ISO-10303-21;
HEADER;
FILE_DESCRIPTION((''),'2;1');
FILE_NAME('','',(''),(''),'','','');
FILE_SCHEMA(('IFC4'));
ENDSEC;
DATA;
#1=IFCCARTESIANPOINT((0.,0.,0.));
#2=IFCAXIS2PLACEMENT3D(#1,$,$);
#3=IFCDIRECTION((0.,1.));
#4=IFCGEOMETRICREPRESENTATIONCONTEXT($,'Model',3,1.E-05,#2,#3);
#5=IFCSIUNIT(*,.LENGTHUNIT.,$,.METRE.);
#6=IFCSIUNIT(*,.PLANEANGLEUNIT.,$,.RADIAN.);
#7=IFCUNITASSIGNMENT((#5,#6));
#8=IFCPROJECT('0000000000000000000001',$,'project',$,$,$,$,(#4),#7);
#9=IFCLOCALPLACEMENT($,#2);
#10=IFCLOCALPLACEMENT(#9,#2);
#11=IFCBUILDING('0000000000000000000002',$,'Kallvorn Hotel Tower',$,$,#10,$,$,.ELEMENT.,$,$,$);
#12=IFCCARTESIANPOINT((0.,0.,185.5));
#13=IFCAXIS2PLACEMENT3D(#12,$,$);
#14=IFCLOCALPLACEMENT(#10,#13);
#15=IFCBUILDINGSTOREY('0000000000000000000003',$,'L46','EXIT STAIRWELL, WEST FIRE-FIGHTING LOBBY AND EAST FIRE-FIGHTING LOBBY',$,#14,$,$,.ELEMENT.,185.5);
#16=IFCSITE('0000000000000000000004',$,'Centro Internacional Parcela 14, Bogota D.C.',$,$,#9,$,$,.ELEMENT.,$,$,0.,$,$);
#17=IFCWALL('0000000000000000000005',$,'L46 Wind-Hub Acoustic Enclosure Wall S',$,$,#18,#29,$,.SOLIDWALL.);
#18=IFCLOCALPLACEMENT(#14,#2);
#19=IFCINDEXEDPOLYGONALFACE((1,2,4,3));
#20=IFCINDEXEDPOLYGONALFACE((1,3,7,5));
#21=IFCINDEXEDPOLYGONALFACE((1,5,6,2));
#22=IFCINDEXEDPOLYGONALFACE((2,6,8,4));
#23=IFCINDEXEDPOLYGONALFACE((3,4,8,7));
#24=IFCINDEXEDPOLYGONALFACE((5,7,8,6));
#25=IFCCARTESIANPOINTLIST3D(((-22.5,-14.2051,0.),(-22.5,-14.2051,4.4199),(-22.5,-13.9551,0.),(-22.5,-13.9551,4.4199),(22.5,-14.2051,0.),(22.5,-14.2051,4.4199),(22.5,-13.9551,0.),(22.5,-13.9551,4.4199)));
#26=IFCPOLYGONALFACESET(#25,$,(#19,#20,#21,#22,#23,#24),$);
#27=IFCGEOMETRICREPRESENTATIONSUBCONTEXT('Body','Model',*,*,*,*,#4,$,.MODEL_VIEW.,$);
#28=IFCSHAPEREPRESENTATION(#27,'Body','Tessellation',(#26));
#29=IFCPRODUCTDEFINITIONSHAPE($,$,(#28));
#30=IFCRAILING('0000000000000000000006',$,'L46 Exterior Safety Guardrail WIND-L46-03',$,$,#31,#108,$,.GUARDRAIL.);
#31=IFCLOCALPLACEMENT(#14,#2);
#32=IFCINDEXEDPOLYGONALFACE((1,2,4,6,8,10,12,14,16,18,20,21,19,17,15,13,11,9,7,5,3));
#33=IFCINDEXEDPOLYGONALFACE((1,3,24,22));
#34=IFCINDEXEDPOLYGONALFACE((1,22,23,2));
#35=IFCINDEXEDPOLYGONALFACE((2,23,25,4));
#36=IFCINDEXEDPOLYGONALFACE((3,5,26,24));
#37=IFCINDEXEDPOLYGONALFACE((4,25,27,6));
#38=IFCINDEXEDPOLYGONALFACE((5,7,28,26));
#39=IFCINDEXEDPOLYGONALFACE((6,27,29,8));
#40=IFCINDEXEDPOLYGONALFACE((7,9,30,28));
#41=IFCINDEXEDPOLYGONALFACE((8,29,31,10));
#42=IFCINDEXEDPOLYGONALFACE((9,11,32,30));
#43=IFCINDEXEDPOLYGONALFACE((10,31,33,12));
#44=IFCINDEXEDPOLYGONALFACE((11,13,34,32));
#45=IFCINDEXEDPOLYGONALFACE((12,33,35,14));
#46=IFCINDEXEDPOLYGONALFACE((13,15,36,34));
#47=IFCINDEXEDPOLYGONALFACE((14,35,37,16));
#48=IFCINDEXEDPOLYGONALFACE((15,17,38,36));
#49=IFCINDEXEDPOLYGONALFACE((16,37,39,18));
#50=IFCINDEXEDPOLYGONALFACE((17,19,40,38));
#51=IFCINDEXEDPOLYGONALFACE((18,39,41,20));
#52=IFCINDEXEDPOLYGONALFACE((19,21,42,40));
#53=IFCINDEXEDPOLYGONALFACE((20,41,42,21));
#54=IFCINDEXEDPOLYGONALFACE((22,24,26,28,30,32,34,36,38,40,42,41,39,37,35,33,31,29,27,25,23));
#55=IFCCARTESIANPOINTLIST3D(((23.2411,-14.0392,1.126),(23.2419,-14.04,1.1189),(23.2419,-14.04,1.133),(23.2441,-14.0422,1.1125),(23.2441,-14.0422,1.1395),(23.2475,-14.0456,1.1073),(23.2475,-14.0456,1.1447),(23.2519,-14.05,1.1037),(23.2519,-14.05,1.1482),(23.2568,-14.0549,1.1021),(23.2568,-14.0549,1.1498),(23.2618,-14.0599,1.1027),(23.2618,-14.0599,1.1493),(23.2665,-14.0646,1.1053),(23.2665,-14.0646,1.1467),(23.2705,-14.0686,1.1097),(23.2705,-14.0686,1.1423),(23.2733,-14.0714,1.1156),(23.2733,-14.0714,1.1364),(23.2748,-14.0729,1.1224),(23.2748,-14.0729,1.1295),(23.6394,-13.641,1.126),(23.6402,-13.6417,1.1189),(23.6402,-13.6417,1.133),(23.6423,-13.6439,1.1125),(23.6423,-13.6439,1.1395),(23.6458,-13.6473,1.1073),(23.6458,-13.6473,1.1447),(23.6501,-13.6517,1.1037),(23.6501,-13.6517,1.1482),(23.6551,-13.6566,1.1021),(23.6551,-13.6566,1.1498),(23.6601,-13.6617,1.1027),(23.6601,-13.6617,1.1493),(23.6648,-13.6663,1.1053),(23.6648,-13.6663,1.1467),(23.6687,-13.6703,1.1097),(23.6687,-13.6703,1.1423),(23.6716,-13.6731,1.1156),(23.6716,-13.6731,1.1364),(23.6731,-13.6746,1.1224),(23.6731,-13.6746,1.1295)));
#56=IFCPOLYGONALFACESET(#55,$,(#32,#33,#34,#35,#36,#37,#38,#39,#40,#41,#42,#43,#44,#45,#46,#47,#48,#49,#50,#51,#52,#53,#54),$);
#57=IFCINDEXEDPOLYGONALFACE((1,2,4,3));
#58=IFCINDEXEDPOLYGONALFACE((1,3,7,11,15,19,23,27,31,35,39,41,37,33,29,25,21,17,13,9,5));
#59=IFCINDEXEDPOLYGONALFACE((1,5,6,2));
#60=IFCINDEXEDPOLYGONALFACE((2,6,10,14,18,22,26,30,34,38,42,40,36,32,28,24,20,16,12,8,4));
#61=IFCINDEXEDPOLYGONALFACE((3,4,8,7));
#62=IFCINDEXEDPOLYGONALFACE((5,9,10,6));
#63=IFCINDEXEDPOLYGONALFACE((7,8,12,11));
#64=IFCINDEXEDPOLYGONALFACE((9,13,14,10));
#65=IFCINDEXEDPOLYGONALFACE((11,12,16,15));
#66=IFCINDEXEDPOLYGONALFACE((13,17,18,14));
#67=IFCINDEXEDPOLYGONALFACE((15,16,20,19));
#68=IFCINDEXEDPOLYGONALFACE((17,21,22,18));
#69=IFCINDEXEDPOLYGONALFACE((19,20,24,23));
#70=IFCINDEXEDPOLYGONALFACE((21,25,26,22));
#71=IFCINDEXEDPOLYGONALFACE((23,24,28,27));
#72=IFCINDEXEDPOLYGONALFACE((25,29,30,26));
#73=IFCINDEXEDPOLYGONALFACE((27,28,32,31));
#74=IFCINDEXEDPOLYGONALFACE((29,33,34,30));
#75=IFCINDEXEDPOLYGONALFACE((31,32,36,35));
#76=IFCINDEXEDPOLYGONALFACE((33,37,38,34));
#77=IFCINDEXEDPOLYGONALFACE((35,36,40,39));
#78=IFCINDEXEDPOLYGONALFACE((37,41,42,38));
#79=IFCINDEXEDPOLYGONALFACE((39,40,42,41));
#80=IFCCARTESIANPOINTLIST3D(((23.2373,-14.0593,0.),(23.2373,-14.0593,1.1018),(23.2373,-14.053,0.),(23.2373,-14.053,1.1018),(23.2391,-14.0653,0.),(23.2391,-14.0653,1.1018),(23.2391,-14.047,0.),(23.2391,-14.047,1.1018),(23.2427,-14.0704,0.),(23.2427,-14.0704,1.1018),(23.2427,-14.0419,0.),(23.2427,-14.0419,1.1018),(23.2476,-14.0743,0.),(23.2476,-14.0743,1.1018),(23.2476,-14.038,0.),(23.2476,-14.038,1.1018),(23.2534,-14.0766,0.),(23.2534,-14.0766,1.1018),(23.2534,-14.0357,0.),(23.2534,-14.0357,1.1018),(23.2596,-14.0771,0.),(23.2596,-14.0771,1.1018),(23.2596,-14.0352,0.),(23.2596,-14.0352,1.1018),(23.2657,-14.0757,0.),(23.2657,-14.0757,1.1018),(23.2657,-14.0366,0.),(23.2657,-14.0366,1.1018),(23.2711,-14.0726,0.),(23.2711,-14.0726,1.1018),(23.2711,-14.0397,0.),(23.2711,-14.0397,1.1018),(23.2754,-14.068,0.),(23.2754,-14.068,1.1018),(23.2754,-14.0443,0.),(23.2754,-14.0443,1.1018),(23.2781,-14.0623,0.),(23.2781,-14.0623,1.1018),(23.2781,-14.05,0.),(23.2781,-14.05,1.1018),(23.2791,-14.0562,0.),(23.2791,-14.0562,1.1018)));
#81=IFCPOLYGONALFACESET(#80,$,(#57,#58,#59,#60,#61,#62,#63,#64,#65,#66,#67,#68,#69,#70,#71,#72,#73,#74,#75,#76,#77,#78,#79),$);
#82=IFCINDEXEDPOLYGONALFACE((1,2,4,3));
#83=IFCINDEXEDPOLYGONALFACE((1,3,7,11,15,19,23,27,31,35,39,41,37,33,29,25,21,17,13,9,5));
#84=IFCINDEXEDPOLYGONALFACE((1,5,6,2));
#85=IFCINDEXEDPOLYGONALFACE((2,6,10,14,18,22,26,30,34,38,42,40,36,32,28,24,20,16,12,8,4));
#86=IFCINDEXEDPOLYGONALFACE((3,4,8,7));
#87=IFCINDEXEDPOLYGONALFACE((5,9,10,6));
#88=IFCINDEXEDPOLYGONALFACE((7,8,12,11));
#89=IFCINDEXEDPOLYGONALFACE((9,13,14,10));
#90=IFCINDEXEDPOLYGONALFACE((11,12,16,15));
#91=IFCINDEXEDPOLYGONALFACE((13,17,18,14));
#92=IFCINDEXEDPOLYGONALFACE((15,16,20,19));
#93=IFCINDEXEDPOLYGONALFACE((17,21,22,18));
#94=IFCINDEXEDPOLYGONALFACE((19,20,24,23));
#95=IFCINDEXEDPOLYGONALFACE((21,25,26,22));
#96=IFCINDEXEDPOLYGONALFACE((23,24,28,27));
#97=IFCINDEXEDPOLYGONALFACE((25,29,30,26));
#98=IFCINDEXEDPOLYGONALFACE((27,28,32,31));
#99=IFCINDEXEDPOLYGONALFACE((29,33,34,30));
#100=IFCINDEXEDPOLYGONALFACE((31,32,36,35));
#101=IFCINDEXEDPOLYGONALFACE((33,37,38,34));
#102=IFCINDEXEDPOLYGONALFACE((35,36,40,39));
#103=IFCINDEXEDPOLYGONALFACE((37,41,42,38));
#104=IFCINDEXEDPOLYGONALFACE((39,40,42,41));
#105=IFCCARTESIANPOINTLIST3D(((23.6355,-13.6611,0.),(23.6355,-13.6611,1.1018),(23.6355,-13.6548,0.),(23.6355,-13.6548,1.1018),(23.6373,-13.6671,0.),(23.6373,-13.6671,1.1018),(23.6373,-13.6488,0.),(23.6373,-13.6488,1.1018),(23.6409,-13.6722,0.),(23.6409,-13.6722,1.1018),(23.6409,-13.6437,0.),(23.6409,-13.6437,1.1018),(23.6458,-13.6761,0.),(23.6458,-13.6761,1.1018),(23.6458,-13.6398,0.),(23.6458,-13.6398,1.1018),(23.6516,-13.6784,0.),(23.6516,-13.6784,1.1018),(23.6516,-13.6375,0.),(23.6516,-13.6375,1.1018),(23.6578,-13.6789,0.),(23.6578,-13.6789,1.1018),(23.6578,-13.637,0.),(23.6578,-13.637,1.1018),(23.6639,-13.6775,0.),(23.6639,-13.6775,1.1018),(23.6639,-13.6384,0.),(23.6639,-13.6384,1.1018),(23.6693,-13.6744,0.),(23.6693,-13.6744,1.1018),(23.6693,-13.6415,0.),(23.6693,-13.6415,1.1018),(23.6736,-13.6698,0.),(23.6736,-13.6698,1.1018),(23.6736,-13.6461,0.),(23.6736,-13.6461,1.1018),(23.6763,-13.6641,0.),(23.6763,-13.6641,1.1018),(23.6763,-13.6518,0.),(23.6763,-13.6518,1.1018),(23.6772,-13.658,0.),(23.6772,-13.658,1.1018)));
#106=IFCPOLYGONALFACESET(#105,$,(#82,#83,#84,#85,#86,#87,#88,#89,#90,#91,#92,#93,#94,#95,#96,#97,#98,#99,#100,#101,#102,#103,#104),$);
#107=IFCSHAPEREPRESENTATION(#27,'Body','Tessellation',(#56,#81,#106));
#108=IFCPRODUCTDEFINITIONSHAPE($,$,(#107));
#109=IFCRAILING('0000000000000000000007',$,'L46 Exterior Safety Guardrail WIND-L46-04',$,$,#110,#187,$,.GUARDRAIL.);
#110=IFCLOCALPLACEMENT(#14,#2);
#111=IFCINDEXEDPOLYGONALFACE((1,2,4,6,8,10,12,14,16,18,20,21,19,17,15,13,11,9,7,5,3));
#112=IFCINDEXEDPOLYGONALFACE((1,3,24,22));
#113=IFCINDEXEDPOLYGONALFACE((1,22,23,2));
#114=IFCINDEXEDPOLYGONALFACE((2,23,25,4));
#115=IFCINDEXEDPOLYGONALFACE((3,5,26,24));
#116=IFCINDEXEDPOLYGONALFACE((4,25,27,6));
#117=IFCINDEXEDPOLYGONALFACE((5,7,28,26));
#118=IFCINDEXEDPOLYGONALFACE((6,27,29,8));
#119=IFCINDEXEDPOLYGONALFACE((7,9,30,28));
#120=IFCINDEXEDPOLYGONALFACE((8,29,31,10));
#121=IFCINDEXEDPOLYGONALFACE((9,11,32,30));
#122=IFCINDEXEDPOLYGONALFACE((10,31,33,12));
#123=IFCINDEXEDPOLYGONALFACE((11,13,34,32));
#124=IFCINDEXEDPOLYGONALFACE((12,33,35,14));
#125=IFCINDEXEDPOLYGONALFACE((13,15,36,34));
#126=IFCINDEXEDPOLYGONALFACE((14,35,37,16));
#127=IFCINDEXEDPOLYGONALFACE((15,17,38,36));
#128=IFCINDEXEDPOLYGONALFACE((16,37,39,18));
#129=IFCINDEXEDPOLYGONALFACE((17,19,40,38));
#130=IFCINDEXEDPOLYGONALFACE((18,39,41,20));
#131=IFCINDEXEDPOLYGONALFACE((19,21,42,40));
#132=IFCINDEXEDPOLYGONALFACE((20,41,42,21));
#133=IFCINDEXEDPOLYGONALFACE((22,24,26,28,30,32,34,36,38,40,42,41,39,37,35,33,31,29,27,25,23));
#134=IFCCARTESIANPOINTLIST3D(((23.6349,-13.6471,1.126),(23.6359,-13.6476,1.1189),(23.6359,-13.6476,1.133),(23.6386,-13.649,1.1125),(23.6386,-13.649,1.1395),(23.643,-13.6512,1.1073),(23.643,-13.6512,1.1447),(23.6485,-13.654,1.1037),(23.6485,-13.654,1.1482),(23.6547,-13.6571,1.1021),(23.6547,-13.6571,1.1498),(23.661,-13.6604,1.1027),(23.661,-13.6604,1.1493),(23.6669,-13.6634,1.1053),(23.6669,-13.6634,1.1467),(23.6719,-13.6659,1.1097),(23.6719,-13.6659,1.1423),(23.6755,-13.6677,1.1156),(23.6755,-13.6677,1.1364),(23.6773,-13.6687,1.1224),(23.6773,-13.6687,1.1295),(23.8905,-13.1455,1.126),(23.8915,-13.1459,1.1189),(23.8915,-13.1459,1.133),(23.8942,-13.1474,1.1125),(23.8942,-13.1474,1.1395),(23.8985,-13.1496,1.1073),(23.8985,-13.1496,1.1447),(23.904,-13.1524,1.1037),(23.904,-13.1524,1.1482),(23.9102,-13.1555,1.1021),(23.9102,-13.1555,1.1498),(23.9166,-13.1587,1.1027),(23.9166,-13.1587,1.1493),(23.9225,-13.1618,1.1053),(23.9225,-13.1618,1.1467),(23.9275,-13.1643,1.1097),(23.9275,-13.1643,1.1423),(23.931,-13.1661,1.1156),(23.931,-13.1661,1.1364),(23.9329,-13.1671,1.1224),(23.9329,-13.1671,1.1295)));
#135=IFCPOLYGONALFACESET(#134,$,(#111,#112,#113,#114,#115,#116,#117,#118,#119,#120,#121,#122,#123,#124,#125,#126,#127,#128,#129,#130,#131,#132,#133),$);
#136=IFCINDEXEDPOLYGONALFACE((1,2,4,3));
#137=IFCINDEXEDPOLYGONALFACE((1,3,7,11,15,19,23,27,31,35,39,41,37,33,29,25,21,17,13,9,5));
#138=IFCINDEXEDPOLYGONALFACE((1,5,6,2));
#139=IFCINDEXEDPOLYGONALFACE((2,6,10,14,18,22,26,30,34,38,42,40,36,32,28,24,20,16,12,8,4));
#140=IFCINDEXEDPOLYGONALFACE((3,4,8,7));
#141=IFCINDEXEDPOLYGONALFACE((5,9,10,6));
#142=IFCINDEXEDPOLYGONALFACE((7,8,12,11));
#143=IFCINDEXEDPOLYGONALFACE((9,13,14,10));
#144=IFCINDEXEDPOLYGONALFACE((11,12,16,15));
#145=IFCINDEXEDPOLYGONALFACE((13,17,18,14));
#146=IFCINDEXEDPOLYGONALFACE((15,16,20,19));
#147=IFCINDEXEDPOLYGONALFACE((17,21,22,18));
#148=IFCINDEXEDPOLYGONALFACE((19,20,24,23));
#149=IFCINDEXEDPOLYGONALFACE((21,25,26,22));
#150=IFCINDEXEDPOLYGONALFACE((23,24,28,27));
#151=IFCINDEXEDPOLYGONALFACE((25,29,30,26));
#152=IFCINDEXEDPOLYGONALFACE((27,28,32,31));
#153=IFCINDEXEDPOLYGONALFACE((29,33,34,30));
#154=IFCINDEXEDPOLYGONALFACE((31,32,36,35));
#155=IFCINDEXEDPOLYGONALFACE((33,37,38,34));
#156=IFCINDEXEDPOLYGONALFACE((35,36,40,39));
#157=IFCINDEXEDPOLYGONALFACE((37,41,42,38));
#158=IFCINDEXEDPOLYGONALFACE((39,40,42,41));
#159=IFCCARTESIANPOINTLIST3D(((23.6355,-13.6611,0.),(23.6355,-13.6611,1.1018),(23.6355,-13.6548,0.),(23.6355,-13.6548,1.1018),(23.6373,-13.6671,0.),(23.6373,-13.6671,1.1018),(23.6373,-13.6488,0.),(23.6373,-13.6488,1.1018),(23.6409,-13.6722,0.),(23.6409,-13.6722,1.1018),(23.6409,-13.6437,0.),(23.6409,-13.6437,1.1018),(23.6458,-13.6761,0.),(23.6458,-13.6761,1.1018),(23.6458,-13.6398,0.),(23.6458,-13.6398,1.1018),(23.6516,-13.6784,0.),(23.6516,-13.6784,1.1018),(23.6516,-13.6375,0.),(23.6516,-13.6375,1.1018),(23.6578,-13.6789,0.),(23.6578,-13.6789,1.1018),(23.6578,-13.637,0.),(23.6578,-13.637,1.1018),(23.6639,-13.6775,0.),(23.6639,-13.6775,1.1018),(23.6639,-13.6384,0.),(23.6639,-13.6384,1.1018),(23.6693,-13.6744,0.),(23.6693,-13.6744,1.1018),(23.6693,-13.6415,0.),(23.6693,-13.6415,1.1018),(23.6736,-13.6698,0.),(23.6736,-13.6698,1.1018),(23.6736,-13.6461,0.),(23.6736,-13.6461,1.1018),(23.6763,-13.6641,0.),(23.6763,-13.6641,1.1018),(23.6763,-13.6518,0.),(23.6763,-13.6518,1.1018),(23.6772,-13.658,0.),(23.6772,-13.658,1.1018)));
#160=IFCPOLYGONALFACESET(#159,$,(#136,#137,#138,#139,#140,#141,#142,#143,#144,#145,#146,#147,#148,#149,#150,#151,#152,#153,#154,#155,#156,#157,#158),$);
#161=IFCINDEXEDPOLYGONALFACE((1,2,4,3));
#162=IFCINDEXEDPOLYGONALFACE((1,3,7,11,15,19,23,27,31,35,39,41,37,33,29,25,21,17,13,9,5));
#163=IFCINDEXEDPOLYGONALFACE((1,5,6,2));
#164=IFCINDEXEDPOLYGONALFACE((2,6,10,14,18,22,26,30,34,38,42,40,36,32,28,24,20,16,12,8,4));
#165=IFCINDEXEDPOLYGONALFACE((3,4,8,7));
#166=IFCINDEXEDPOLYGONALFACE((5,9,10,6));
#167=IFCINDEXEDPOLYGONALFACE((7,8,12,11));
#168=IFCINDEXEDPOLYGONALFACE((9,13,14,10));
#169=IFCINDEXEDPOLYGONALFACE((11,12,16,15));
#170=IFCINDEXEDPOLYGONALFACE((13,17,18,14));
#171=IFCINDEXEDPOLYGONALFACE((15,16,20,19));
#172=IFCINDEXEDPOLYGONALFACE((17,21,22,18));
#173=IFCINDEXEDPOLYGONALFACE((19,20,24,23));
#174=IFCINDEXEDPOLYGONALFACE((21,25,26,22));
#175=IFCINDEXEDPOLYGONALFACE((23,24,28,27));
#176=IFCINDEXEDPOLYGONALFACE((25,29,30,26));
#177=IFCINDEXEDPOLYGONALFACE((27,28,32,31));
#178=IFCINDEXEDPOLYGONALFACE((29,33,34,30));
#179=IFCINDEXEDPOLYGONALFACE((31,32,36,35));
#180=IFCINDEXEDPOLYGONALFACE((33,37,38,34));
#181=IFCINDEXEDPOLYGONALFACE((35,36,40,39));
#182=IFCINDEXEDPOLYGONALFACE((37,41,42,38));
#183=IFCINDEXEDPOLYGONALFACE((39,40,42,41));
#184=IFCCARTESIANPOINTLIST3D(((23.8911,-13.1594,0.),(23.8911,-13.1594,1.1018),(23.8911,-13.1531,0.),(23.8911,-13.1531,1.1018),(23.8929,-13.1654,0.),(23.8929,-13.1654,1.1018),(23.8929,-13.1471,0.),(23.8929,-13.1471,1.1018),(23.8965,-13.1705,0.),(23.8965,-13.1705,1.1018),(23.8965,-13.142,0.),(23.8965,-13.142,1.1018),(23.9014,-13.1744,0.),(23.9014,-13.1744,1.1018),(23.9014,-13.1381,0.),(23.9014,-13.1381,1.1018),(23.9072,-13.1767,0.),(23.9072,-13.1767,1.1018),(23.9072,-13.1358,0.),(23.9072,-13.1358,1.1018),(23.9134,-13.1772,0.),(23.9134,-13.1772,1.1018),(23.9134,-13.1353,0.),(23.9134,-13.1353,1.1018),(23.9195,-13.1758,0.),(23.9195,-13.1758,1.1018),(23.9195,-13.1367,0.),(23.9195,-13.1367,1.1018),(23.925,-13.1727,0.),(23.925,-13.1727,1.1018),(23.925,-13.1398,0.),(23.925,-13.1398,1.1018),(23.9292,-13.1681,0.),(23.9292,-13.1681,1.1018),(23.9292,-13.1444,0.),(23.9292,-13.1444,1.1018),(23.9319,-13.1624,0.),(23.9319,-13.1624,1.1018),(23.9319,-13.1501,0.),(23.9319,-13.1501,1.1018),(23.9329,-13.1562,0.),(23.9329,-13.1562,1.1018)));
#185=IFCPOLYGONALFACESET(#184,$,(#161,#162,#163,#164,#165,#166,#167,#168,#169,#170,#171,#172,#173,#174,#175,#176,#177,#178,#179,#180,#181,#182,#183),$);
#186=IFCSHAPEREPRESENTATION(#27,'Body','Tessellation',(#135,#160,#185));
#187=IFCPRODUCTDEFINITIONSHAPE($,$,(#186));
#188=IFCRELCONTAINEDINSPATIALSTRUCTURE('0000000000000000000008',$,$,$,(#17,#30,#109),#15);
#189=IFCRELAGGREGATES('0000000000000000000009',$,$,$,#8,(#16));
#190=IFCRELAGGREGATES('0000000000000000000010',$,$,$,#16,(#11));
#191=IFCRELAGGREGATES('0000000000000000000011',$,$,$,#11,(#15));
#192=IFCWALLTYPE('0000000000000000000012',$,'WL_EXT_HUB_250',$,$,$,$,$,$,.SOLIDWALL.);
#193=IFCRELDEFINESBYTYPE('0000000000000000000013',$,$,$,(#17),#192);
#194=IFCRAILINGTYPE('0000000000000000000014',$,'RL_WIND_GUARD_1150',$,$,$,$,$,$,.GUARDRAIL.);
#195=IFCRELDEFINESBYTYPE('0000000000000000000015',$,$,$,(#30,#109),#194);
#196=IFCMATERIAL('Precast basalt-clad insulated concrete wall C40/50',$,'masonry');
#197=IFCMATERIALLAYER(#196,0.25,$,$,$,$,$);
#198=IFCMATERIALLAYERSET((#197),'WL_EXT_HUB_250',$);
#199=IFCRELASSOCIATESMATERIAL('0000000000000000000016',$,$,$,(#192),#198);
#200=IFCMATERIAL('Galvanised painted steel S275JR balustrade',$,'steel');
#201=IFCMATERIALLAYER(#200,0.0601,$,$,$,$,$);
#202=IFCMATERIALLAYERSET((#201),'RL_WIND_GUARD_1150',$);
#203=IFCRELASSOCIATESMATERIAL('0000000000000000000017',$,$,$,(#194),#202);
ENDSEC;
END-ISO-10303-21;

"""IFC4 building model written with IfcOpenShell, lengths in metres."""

from ifc_helpers import new_model, si_unit, direction, frame, frame_2d, origin, origin_2d, place, context, subcontext, project, spatial, rectangle, circle, extrude, material, layer, layer_set, type_object, element, save


model = new_model("IFC4")

# Units and contexts
model_context = context("Model", 3, precision=1e-05, world=origin(), true_north=direction((0.0, 1.0)))
body_context = subcontext(model_context, "Body", "Model", "MODEL_VIEW")
ifc_project = project(units=[si_unit("LENGTHUNIT", "METRE"), si_unit("PLANEANGLEUNIT", "RADIAN")], contexts=[model_context])

# Site, building, storey
site_placement = place(None, origin())
site = spatial("IfcSite", under=ifc_project, at=site_placement, Name="Centro Internacional Parcela 14, Bogota D.C.", CompositionType="ELEMENT", RefElevation=0.0)
building_placement = place(site_placement, origin())
building = spatial("IfcBuilding", under=site, at=building_placement, Name="Kallvorn Hotel Tower", CompositionType="ELEMENT")
storey_placement = place(building_placement, frame((0.0, 0.0, 185.5)))
storey = spatial("IfcBuildingStorey", under=building, at=storey_placement, Name="L46", Description="EXIT STAIRWELL, WEST FIRE-FIGHTING LOBBY AND EAST FIRE-FIGHTING LOBBY", CompositionType="ELEMENT", Elevation=185.5)

# Wall
ifc_material_1 = material(Name="Precast basalt-clad insulated concrete wall C40/50", Category="masonry")
ifc_layer_1 = layer(ifc_material_1, 0.25)
ifc_layer_set_1 = layer_set([ifc_layer_1], Name="WL_EXT_HUB_250")
wall_type = type_object("IfcWallType", Name="WL_EXT_HUB_250", PredefinedType="SOLIDWALL", material=ifc_layer_set_1)
wall_placement = place(storey_placement, frame((22.5, -14.0801, 0.0), z_axis=(0.0, 0.0, 1.0), x_axis=(-1.0, 0.0, 0.0)))
element("IfcWall", 1, at=wall_placement, inside=storey, type_object=wall_type, Name="L46 Wind-Hub Acoustic Enclosure Wall S", PredefinedType="SOLIDWALL", context=body_context, shape_type="SweptSolid", body=[
    extrude(rectangle(XDim=45.0, YDim=0.25, at=frame_2d((22.5, 0.0))), origin(), (0.0, 0.0, 1.0), 4.4199),
])

# Railings
ifc_material_2 = material(Name="Galvanised painted steel S275JR balustrade", Category="steel")
ifc_layer_2 = layer(ifc_material_2, 0.0601)
ifc_layer_set_2 = layer_set([ifc_layer_2], Name="RL_WIND_GUARD_1150")
railing_type = type_object("IfcRailingType", Name="RL_WIND_GUARD_1150", PredefinedType="GUARDRAIL", material=ifc_layer_set_2)
railing_1_placement = place(storey_placement, frame((23.2581, -14.0562, 0.0)))
element("IfcRailing", 2, at=railing_1_placement, inside=storey, type_object=railing_type, Name="L46 Exterior Safety Guardrail WIND-L46-03", PredefinedType="GUARDRAIL", context=body_context, shape_type="SweptSolid", body=[
    extrude(circle(Radius=0.0239, at=origin_2d()), frame((0.0, 0.0, 1.126), z_axis=(0.707107, 0.707107, 0.0), x_axis=(-0.707107, 0.707107, 0.0)), (0.0, 0.0, 1.0), 0.5632),
    extrude(circle(Radius=0.021, at=origin_2d()), origin(), (0.0, 0.0, 1.0), 1.1018),
    extrude(circle(Radius=0.021, at=origin_2d()), frame((0.3982, 0.3982, 0.0)), (0.0, 0.0, 1.0), 1.1018),
])
railing_2_placement = place(storey_placement, frame((23.6562, -13.658, 0.0)))
element("IfcRailing", 3, at=railing_2_placement, inside=storey, type_object=railing_type, Name="L46 Exterior Safety Guardrail WIND-L46-04", PredefinedType="GUARDRAIL", context=body_context, shape_type="SweptSolid", body=[
    extrude(circle(Radius=0.0239, at=origin_2d()), frame((0.0, 0.0, 1.126), z_axis=(0.453965, 0.89102, 0.0), x_axis=(-0.89102, 0.453965, 0.0)), (0.0, 0.0, 1.0), 0.563),
    extrude(circle(Radius=0.021, at=origin_2d()), origin(), (0.0, 0.0, 1.0), 1.1018),
    extrude(circle(Radius=0.021, at=origin_2d()), frame((0.2556, 0.5017, 0.0)), (0.0, 0.0, 1.0), 1.1018),
])

save(model, "model.ifc")
